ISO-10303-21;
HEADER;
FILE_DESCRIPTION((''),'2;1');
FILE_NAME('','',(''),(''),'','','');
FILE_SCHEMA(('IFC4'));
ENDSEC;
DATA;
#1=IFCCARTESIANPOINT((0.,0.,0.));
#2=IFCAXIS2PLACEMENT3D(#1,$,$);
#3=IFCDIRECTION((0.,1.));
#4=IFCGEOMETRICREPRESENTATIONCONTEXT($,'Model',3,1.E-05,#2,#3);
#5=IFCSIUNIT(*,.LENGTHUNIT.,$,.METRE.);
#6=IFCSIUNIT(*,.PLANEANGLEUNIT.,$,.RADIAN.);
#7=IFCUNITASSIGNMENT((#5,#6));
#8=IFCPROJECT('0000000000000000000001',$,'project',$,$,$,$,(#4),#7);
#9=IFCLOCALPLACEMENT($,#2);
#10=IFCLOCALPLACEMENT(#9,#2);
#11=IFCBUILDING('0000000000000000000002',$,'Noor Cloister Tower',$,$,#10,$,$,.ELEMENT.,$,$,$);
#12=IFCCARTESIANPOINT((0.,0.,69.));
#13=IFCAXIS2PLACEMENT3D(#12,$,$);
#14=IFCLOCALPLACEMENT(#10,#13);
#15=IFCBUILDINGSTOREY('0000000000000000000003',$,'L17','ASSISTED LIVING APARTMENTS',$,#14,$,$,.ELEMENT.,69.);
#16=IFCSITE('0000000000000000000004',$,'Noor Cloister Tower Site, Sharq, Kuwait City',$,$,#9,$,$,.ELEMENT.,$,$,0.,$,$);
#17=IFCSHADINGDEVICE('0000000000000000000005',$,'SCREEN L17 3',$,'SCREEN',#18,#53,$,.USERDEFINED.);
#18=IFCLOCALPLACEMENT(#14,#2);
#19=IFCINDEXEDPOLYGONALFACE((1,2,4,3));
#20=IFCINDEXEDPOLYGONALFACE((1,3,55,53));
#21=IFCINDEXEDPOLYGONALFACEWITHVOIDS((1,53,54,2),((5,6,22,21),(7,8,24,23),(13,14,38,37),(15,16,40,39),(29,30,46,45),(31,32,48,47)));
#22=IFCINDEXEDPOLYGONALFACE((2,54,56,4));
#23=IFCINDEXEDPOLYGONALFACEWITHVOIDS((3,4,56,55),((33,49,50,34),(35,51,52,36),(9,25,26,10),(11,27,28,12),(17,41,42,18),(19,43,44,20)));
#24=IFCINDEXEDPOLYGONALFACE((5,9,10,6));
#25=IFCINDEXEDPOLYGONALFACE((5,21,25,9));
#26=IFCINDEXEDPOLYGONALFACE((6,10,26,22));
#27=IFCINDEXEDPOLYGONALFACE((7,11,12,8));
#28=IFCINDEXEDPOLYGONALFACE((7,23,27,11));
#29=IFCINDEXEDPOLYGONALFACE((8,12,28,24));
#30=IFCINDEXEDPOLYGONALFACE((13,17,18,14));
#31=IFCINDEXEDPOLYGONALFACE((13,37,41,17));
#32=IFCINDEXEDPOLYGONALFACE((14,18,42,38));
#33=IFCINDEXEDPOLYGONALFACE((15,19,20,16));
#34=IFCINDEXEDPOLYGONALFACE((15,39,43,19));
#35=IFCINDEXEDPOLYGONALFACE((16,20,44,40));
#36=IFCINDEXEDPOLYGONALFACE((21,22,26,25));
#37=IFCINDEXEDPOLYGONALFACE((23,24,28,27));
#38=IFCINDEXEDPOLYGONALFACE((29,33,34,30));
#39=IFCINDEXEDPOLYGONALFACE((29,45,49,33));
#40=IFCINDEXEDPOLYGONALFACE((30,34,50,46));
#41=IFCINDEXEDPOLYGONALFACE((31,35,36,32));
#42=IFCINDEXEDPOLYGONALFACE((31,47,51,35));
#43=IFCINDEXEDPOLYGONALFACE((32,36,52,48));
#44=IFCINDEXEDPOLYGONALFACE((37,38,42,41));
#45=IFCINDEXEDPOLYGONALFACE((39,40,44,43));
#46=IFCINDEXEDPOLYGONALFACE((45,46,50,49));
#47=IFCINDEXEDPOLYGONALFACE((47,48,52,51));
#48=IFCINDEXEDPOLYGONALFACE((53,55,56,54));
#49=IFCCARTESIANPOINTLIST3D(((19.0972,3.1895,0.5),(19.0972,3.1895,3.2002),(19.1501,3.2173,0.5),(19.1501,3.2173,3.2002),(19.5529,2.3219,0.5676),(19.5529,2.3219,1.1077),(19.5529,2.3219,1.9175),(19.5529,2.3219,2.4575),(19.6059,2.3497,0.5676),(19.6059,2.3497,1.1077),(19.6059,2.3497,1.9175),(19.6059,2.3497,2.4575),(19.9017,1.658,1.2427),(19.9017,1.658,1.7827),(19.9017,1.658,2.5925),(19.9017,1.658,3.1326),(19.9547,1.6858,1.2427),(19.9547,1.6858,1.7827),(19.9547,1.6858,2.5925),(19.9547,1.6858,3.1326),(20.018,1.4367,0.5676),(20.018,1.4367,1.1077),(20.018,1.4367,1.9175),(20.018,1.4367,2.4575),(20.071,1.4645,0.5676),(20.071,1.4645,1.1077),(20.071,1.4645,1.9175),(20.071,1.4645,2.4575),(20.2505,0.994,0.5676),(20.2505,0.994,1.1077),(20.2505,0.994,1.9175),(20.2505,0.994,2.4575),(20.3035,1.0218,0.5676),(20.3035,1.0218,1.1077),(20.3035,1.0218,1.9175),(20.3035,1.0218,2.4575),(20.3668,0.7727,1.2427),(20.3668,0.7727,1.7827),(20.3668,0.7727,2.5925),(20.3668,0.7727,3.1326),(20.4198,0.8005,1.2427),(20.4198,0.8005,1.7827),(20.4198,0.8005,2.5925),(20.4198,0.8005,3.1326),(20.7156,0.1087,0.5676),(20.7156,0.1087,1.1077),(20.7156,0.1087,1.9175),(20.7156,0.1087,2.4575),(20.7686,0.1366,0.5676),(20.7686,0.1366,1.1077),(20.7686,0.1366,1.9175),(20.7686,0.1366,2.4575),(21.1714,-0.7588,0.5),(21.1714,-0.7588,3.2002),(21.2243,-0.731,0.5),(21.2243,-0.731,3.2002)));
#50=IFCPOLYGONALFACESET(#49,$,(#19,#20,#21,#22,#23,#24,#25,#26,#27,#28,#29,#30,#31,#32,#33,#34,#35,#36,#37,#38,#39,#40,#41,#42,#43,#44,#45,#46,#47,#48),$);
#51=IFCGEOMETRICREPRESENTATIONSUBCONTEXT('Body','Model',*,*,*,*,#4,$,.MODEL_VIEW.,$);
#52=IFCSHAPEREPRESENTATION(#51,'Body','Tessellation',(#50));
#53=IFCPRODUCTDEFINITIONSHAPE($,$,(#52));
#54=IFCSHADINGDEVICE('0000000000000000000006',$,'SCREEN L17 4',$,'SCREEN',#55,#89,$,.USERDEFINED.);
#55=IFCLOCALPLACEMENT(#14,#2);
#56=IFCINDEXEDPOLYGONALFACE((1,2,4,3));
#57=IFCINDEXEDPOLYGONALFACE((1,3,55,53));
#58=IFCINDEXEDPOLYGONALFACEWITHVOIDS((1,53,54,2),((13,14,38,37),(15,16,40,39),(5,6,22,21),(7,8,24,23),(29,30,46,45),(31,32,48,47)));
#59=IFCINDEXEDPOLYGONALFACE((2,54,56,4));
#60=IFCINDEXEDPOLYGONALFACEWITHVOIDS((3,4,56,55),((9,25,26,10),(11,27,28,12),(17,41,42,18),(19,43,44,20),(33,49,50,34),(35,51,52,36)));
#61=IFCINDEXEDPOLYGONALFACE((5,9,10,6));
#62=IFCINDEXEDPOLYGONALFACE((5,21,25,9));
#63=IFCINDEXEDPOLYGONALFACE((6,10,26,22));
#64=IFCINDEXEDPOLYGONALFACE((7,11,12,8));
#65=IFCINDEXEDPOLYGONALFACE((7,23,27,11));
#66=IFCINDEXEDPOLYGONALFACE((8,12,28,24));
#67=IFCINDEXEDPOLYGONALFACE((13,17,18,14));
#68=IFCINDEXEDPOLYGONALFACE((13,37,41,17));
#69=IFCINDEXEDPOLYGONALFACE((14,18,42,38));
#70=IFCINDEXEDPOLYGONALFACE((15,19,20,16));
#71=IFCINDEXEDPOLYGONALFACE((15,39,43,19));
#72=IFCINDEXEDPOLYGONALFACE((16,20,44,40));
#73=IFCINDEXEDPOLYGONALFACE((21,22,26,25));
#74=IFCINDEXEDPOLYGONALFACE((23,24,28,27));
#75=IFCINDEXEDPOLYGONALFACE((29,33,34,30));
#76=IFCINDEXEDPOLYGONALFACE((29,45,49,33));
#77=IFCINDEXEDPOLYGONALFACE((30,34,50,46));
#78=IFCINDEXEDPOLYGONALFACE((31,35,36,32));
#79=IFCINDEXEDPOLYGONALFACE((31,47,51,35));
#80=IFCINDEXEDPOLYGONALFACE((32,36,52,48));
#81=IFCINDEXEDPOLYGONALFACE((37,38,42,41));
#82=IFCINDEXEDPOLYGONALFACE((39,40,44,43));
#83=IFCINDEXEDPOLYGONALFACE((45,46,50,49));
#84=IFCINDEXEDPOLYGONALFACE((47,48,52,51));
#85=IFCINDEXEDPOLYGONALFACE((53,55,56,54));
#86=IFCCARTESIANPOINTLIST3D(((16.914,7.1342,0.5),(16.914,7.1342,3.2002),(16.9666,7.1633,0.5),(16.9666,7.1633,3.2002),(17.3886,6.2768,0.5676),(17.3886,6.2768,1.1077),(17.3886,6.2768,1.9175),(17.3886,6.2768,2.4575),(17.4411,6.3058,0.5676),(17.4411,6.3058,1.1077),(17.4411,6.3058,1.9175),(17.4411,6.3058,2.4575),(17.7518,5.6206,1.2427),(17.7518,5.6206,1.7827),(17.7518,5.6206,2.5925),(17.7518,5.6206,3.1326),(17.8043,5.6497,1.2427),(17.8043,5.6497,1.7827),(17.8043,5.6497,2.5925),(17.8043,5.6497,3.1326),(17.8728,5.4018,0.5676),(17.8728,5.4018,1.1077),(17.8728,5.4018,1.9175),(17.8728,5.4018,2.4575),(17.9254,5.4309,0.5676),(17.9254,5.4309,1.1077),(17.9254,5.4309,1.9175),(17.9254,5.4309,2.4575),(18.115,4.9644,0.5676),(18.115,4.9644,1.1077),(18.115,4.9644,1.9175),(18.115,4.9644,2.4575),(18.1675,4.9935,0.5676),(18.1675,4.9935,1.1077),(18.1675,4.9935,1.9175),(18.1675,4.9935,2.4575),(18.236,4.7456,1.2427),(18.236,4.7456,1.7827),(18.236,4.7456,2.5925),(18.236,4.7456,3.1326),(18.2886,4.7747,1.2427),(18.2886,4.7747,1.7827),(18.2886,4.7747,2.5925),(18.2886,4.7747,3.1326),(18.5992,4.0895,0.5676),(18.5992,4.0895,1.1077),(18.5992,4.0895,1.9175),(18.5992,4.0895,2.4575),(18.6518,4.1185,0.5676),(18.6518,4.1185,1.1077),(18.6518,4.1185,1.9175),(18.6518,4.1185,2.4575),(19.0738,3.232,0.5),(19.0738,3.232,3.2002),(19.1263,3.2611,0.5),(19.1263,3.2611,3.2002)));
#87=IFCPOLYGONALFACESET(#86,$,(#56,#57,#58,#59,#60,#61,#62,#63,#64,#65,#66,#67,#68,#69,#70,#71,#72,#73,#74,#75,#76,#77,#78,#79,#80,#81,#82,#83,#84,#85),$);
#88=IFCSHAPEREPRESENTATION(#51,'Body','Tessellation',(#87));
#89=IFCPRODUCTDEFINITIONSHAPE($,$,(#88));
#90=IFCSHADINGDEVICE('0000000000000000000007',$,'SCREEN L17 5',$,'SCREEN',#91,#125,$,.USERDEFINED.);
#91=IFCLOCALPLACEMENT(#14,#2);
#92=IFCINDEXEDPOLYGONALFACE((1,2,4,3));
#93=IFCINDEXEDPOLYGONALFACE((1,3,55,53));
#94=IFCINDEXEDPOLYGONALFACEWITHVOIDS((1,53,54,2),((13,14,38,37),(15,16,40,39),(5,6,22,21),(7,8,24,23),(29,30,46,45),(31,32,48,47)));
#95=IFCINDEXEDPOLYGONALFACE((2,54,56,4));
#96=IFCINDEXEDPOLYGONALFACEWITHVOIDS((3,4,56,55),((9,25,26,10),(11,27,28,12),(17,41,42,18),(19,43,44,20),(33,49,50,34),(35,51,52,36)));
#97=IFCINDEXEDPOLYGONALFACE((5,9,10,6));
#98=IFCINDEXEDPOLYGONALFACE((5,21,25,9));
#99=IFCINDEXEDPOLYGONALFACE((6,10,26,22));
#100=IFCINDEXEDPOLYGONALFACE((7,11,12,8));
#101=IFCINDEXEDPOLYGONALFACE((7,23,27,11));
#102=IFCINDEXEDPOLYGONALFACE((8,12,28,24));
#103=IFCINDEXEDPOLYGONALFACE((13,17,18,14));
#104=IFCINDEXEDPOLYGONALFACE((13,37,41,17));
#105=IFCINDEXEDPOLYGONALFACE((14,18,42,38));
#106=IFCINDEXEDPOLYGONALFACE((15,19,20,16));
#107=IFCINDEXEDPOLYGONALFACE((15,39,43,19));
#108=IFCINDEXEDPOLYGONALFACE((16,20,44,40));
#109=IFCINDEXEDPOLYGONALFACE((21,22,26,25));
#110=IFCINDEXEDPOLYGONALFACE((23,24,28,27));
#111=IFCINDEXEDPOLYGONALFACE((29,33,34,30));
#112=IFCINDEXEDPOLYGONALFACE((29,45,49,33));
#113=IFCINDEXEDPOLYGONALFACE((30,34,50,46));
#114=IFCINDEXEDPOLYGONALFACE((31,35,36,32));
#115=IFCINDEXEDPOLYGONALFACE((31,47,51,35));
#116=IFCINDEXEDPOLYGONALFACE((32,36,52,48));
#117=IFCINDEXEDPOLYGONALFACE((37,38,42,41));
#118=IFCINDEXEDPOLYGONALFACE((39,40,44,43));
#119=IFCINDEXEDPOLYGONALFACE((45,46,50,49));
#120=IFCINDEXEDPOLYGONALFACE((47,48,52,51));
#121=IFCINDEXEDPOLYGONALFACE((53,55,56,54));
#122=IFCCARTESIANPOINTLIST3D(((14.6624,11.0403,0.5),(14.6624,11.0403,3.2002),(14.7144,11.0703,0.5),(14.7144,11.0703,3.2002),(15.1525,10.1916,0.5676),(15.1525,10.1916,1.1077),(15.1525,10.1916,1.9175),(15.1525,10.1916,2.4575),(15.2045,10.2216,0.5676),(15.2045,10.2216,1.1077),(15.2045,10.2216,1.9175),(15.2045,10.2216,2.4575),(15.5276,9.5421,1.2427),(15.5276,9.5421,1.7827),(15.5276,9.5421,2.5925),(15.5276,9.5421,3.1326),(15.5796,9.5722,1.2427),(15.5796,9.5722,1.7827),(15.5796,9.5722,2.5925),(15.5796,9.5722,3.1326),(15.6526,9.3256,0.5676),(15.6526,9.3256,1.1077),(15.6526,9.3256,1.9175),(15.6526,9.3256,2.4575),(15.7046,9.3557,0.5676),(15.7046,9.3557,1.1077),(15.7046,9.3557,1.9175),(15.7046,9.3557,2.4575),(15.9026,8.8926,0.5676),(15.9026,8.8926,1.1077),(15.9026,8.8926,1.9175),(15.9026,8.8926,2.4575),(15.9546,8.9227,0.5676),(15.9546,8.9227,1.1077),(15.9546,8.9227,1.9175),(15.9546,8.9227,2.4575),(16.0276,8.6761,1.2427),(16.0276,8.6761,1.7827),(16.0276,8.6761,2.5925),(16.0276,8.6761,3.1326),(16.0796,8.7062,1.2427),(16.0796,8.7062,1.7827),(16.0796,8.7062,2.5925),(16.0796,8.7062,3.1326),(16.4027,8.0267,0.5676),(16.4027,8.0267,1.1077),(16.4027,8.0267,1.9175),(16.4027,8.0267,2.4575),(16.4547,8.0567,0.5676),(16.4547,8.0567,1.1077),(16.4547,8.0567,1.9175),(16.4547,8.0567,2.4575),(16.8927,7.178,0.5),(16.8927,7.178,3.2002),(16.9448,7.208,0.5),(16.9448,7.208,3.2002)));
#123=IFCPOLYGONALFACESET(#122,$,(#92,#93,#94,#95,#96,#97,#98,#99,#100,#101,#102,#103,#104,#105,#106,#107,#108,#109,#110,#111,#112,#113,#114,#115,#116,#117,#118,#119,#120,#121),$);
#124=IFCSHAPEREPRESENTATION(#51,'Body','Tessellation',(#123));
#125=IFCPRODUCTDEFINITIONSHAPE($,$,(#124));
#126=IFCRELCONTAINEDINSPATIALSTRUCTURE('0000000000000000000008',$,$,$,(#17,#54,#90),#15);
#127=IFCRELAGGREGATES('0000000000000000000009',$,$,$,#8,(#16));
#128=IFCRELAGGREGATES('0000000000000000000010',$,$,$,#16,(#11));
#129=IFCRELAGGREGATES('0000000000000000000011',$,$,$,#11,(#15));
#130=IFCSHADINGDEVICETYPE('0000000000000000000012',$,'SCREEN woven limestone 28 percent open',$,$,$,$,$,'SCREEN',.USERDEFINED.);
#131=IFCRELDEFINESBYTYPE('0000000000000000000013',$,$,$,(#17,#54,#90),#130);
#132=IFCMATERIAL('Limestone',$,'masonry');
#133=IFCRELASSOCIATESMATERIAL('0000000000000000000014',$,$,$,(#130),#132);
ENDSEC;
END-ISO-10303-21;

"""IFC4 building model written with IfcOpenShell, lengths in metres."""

from ifc_helpers import new_model, si_unit, direction, frame, origin, place, context, subcontext, project, spatial, polyline, outline, extrude, material, material_profile, profile_set, type_object, element, save


model = new_model("IFC4")

# Units and contexts
model_context = context("Model", 3, precision=1e-05, world=origin(), true_north=direction((0.0, 1.0)))
body_context = subcontext(model_context, "Body", "Model", "MODEL_VIEW")
ifc_project = project(units=[si_unit("LENGTHUNIT", "METRE"), si_unit("PLANEANGLEUNIT", "RADIAN")], contexts=[model_context])

# Site, building, storey
site_placement = place(None, origin())
site = spatial("IfcSite", under=ifc_project, at=site_placement, Name="Noor Cloister Tower Site, Sharq, Kuwait City", CompositionType="ELEMENT", RefElevation=0.0)
building_placement = place(site_placement, origin())
building = spatial("IfcBuilding", under=site, at=building_placement, Name="Noor Cloister Tower", CompositionType="ELEMENT")
storey_placement = place(building_placement, frame((0.0, 0.0, 69.0)))
storey = spatial("IfcBuildingStorey", under=building, at=storey_placement, Name="L17", Description="ASSISTED LIVING APARTMENTS", CompositionType="ELEMENT", Elevation=69.0)

# Shading devices
ifc_material_1 = material(Name="Limestone", Category="masonry")
ifc_material_profile_1 = material_profile(ifc_material_1, outline(polyline([(-2.23, -1.3501), (2.23, -1.3501), (2.23, 1.3501), (-2.23, 1.3501), (-2.23, -1.3501)]), holes=[polyline([(-1.25, -1.2825), (-0.25, -1.2825), (-0.25, -0.7424), (-1.25, -0.7424), (-1.25, -1.2825)]), polyline([(0.25, -1.2825), (1.25, -1.2825), (1.25, -0.7424), (0.25, -0.7424), (0.25, -1.2825)]), polyline([(-0.5, -0.6074), (0.5, -0.6074), (0.5, -0.0674), (-0.5, -0.0674), (-0.5, -0.6074)]), polyline([(-1.25, 0.0674), (-0.25, 0.0674), (-0.25, 0.6074), (-1.25, 0.6074), (-1.25, 0.0674)]), polyline([(0.25, 0.0674), (1.25, 0.0674), (1.25, 0.6074), (0.25, 0.6074), (0.25, 0.0674)]), polyline([(-0.5, 0.7424), (0.5, 0.7424), (0.5, 1.2825), (-0.5, 1.2825), (-0.5, 0.7424)])]), Name="Woven screen 28 percent open")
ifc_profile_set_1 = profile_set([ifc_material_profile_1], Name="Limestone")
shading_device_type = type_object("IfcShadingDeviceType", Name="SCREEN woven limestone 28 percent open", ElementType="SCREEN", PredefinedType="USERDEFINED", material=ifc_profile_set_1)
shading_device_placement = place(storey_placement, frame((20.1343, 1.2153, 1.8501), z_axis=(0.885272, 0.465074, 0.0), x_axis=(-0.465074, 0.885272, 0.0)))
element("IfcShadingDevice", 1, at=shading_device_placement, inside=storey, type_object=shading_device_type, Name="SCREEN L17 3", ObjectType="SCREEN", PredefinedType="USERDEFINED", context=body_context, shape_type="SweptSolid", body=[
    extrude(outline(polyline([(-2.23, -1.3501), (2.23, -1.3501), (2.23, 1.3501), (-2.23, 1.3501), (-2.23, -1.3501)]), holes=[polyline([(-1.25, -1.2825), (-0.25, -1.2825), (-0.25, -0.7424), (-1.25, -0.7424), (-1.25, -1.2825)]), polyline([(0.25, -1.2825), (1.25, -1.2825), (1.25, -0.7424), (0.25, -0.7424), (0.25, -1.2825)]), polyline([(-0.5, -0.6074), (0.5, -0.6074), (0.5, -0.0674), (-0.5, -0.0674), (-0.5, -0.6074)]), polyline([(-1.25, 0.0674), (-0.25, 0.0674), (-0.25, 0.6074), (-1.25, 0.6074), (-1.25, 0.0674)]), polyline([(0.25, 0.0674), (1.25, 0.0674), (1.25, 0.6074), (0.25, 0.6074), (0.25, 0.0674)]), polyline([(-0.5, 0.7424), (0.5, 0.7424), (0.5, 1.2825), (-0.5, 1.2825), (-0.5, 0.7424)])]), origin(), (0.0, 0.0, 1.0), 0.0598),
])
for number, where, z_axis, x_axis, name in (
    (2, (17.9939, 5.1831, 1.8501), (0.874924, 0.48426, 0.0), (-0.48426, 0.874924, 0.0), "SCREEN L17 4"),
    (3, (15.7776, 9.1091, 1.8501), (0.865982, 0.500074, 0.0), (-0.500074, 0.865982, 0.0), "SCREEN L17 5"),
):
    element("IfcShadingDevice", number, at=place(storey_placement, frame(where, z_axis=z_axis, x_axis=x_axis)), inside=storey, type_object=shading_device_type, Name=name, ObjectType="SCREEN", PredefinedType="USERDEFINED", context=body_context, shape_type="SweptSolid", body=[
        extrude(outline(polyline([(-2.23, -1.3501), (2.23, -1.3501), (2.23, 1.3501), (-2.23, 1.3501), (-2.23, -1.3501)]), holes=[polyline([(-1.25, -1.2825), (-0.25, -1.2825), (-0.25, -0.7424), (-1.25, -0.7424), (-1.25, -1.2825)]), polyline([(0.25, -1.2825), (1.25, -1.2825), (1.25, -0.7424), (0.25, -0.7424), (0.25, -1.2825)]), polyline([(-0.5, -0.6074), (0.5, -0.6074), (0.5, -0.0674), (-0.5, -0.0674), (-0.5, -0.6074)]), polyline([(-1.25, 0.0674), (-0.25, 0.0674), (-0.25, 0.6074), (-1.25, 0.6074), (-1.25, 0.0674)]), polyline([(0.25, 0.0674), (1.25, 0.0674), (1.25, 0.6074), (0.25, 0.6074), (0.25, 0.0674)]), polyline([(-0.5, 0.7424), (0.5, 0.7424), (0.5, 1.2825), (-0.5, 1.2825), (-0.5, 0.7424)])]), origin(), (0.0, 0.0, 1.0), 0.0601),
    ])

save(model, "model.ifc")
